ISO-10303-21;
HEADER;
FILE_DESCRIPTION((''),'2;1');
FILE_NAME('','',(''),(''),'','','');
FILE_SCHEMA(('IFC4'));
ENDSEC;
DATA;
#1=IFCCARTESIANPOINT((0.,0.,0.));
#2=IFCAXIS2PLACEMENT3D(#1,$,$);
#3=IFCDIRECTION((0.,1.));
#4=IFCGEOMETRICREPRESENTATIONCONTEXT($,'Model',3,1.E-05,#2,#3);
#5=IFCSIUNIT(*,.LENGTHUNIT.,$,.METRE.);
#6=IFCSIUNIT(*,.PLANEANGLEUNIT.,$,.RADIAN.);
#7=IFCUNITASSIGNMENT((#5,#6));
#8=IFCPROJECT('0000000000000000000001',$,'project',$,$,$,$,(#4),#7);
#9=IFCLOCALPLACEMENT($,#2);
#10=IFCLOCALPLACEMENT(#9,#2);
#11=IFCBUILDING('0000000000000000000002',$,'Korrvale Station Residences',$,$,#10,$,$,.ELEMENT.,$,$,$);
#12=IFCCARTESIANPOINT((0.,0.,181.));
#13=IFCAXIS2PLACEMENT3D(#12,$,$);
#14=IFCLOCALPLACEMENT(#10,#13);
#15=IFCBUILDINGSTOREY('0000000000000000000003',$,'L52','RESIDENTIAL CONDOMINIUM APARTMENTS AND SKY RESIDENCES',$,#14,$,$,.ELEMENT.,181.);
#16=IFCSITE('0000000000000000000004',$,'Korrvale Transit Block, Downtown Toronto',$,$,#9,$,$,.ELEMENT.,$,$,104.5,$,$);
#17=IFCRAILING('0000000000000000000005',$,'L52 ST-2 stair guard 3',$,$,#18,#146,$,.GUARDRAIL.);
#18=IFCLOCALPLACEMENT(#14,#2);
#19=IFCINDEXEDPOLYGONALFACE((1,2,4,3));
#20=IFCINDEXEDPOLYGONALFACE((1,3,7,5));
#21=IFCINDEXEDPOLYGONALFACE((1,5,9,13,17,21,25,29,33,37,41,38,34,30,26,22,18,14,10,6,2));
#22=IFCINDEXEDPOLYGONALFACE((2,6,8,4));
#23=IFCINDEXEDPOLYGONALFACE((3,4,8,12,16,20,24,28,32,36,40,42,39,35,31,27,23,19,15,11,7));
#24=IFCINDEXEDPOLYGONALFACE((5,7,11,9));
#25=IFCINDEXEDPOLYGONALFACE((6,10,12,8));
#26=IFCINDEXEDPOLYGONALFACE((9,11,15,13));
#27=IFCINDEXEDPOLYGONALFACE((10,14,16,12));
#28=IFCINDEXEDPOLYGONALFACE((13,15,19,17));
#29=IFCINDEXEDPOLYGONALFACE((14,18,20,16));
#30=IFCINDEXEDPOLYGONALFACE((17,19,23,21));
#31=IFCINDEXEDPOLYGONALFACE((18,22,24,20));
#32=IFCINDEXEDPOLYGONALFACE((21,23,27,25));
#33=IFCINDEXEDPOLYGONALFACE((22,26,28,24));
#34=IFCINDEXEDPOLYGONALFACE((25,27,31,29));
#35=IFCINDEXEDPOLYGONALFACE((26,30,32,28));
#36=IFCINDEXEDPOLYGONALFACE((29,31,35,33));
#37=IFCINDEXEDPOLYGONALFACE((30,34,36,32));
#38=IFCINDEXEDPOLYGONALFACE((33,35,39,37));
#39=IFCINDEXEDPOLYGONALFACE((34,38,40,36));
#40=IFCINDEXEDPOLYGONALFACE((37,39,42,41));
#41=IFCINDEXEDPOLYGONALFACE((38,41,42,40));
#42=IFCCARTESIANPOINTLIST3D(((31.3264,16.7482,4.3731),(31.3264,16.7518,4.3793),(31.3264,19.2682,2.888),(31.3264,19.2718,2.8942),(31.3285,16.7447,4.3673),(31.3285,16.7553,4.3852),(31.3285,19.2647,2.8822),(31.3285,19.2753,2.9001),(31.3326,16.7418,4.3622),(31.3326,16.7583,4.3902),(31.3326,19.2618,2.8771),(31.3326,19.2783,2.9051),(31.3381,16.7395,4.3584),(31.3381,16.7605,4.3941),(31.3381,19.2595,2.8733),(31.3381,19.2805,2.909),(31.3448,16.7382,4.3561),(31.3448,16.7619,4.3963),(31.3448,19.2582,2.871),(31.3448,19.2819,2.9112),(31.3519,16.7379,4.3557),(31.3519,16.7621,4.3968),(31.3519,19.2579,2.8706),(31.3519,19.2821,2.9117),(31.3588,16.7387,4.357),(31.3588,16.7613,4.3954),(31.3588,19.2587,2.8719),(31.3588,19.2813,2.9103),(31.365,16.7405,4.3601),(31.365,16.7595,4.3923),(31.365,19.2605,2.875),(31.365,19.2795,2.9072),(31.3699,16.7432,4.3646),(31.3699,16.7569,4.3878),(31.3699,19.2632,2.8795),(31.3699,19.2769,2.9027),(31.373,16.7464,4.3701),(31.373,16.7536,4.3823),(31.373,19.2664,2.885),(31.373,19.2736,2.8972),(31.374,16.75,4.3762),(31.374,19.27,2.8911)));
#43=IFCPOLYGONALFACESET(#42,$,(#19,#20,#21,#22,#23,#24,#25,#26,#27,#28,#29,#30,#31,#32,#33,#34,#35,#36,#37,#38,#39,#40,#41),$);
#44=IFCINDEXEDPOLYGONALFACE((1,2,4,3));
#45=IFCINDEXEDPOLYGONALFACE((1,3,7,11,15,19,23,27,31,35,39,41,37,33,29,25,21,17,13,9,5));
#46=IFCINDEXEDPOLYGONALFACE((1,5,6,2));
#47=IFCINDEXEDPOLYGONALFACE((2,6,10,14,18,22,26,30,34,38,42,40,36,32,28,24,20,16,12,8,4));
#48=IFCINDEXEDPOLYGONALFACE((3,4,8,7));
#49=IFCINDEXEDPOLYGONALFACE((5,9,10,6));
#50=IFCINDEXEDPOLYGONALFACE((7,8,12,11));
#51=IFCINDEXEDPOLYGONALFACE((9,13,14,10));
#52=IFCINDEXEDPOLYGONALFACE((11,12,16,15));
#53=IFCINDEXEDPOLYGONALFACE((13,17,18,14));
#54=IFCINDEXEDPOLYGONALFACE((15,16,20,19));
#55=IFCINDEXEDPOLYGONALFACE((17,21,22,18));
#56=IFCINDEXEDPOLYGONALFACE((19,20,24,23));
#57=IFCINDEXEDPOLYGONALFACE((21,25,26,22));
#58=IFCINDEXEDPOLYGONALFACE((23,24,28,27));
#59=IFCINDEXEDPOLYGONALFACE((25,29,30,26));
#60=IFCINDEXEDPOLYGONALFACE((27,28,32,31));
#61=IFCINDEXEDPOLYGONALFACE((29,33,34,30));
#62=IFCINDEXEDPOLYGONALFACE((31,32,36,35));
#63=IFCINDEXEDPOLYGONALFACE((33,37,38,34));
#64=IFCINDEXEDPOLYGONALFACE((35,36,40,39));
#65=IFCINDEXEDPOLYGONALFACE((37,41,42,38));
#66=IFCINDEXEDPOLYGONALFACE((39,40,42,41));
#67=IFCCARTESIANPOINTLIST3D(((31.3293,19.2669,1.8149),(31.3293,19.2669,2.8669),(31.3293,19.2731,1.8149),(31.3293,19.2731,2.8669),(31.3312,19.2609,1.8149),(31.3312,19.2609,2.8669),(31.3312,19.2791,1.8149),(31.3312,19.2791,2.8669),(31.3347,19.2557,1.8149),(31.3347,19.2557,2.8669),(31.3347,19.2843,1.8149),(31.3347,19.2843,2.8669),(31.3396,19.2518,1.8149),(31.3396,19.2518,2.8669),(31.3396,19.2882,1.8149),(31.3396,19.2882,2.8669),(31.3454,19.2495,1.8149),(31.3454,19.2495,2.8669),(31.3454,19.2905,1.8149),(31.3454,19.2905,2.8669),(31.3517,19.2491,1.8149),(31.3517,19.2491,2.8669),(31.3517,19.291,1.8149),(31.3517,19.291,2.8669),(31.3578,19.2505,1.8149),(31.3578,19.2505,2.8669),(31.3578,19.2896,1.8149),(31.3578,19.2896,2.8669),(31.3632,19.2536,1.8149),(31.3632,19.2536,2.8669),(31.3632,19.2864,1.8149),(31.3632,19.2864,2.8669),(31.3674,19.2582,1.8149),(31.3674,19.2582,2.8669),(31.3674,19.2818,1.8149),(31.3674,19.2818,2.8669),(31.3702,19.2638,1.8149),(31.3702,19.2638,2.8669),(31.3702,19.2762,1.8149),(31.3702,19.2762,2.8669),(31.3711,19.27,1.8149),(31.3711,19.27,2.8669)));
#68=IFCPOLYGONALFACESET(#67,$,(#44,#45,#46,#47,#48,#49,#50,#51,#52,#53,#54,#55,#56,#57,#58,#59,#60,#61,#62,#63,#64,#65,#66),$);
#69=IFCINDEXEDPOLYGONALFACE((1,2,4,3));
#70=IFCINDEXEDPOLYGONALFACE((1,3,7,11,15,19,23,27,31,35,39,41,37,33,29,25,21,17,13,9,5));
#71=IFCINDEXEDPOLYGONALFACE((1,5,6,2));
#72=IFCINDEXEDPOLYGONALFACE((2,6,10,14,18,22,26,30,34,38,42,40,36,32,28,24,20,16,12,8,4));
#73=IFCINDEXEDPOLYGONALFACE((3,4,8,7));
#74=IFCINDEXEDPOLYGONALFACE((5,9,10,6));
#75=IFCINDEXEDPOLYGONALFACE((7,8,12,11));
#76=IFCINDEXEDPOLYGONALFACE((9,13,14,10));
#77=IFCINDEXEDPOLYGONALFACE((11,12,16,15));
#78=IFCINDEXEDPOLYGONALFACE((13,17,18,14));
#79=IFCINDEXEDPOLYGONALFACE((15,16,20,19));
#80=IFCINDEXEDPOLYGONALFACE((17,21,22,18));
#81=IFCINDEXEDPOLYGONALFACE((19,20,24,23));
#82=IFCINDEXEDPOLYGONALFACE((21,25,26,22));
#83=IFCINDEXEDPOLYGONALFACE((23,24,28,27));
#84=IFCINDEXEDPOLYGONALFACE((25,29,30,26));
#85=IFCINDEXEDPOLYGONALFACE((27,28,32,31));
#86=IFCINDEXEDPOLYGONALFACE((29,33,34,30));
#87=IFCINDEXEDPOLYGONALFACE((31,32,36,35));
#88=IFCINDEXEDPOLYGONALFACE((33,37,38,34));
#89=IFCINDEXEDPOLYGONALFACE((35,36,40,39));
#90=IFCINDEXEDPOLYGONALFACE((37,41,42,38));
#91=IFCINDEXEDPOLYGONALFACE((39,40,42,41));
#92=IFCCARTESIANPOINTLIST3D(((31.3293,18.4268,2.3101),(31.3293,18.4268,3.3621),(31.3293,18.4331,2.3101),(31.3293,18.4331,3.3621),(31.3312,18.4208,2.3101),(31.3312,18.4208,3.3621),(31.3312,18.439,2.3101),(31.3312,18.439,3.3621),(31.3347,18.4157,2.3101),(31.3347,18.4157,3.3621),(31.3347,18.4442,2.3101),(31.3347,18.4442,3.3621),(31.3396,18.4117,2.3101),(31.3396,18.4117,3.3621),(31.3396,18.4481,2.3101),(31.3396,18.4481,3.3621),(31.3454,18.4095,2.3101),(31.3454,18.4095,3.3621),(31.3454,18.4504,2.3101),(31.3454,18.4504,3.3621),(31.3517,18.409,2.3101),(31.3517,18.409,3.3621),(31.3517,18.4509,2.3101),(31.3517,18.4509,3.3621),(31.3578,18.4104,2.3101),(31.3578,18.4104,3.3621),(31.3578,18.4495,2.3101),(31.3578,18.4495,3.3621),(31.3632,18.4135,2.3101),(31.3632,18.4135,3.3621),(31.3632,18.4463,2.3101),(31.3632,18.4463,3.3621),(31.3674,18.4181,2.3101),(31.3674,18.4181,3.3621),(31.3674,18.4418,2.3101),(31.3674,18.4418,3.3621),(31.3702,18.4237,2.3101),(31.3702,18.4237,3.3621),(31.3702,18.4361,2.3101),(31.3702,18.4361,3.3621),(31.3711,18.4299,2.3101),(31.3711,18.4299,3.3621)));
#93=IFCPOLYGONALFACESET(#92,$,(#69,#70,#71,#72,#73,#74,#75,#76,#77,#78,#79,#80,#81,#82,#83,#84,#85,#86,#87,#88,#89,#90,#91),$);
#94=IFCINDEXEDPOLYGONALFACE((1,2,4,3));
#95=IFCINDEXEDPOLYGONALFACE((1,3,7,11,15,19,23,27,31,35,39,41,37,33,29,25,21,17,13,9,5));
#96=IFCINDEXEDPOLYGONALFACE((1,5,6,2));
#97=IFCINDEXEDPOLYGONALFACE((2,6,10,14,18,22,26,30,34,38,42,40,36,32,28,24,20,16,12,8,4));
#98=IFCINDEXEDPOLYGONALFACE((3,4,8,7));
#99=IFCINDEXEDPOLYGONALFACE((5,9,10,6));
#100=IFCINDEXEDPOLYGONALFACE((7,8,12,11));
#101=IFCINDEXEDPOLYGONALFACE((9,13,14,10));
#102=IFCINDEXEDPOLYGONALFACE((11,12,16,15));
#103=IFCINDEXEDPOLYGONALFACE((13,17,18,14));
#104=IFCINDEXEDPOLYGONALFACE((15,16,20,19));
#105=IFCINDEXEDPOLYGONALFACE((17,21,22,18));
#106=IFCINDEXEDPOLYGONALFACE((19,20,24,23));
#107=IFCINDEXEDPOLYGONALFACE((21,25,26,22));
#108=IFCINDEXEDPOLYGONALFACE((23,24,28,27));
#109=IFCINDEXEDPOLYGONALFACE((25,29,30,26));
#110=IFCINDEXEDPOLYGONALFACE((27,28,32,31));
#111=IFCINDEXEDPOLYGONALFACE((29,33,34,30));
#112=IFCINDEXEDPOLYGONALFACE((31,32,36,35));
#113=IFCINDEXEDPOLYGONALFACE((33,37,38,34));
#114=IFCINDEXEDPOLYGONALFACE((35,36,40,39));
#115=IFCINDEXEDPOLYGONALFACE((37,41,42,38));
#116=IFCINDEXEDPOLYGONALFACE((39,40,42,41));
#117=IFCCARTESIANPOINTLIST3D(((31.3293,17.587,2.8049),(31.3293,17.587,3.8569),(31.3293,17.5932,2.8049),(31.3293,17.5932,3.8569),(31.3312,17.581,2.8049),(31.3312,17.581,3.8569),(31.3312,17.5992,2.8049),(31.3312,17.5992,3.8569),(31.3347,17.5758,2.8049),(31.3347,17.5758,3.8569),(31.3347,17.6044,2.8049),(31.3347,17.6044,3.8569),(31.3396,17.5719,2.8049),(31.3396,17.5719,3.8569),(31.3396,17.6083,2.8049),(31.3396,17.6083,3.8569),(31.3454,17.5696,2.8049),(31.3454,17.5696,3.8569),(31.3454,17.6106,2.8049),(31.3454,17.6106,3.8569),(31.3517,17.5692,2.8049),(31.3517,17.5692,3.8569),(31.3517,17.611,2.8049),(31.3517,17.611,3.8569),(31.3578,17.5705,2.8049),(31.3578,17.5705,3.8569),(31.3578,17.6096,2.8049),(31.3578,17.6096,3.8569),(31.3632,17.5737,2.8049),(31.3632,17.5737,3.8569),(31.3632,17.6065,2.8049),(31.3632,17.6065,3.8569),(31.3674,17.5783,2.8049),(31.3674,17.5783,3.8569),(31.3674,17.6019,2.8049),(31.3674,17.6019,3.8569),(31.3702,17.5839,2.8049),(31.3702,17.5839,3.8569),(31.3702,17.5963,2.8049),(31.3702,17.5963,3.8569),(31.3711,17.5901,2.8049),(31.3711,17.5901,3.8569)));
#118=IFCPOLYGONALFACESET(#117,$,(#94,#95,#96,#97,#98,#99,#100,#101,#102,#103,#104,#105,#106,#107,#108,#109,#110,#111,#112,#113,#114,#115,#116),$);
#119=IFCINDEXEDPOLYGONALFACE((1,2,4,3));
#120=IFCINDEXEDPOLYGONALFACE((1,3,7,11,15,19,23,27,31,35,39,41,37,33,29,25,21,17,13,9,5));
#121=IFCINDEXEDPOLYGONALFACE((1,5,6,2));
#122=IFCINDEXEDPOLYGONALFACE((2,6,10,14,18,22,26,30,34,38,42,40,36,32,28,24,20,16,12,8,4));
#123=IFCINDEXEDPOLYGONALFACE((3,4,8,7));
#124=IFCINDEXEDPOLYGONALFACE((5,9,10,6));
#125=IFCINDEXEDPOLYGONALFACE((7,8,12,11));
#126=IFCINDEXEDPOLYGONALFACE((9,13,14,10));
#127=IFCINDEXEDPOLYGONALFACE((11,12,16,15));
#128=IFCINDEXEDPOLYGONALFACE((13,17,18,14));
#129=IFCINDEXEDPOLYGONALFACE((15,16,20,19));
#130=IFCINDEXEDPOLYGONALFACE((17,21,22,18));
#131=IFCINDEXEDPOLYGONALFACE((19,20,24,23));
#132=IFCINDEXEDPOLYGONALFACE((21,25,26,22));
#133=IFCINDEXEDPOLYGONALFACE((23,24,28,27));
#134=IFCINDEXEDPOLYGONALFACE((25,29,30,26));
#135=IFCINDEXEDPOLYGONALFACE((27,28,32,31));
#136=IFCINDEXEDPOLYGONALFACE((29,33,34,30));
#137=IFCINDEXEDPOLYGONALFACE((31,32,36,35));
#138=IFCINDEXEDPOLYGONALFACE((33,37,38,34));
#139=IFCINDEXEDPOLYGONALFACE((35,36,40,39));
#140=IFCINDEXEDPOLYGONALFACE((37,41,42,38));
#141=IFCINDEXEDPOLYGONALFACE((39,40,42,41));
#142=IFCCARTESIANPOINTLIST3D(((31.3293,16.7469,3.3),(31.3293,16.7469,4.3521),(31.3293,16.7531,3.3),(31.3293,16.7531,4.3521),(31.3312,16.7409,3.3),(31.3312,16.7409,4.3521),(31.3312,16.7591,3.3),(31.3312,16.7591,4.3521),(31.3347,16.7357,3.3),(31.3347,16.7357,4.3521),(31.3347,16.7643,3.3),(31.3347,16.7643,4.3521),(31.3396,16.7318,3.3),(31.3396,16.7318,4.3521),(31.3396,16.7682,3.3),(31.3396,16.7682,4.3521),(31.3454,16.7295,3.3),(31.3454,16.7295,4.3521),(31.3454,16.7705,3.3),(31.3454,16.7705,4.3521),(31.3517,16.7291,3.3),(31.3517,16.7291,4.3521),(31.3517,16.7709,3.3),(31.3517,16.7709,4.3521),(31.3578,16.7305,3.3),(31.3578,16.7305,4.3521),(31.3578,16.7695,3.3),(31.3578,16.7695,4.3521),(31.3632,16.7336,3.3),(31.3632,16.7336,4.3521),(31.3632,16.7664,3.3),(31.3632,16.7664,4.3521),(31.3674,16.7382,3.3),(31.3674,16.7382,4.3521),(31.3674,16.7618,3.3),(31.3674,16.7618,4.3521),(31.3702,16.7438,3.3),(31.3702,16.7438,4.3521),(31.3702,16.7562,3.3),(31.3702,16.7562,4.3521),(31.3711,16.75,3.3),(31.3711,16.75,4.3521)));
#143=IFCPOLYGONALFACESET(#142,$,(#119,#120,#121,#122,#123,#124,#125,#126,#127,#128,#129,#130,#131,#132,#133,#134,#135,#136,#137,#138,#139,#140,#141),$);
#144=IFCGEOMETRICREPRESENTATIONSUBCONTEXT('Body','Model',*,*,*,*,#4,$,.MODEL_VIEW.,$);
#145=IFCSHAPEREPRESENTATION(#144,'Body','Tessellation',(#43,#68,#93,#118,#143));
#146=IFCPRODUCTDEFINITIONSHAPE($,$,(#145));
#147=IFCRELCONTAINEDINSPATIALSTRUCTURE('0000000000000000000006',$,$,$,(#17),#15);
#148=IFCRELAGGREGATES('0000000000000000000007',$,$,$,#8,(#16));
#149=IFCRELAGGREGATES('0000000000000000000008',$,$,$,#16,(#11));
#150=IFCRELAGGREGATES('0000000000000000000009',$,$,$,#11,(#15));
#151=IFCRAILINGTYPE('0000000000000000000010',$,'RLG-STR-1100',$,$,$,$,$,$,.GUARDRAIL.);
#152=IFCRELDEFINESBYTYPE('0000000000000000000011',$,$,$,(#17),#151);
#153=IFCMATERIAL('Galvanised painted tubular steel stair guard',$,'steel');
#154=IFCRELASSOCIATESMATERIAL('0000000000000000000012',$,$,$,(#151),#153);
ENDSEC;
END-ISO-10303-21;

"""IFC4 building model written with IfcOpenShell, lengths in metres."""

from ifc_helpers import new_model, si_unit, direction, frame, origin, origin_2d, place, context, subcontext, project, spatial, circle, extrude, material, type_object, element, save


model = new_model("IFC4")

# Units and contexts
model_context = context("Model", 3, precision=1e-05, world=origin(), true_north=direction((0.0, 1.0)))
body_context = subcontext(model_context, "Body", "Model", "MODEL_VIEW")
ifc_project = project(units=[si_unit("LENGTHUNIT", "METRE"), si_unit("PLANEANGLEUNIT", "RADIAN")], contexts=[model_context])

# Site, building, storey
site_placement = place(None, origin())
site = spatial("IfcSite", under=ifc_project, at=site_placement, Name="Korrvale Transit Block, Downtown Toronto", CompositionType="ELEMENT", RefElevation=104.5)
building_placement = place(site_placement, origin())
building = spatial("IfcBuilding", under=site, at=building_placement, Name="Korrvale Station Residences", CompositionType="ELEMENT")
storey_placement = place(building_placement, frame((0.0, 0.0, 181.0)))
storey = spatial("IfcBuildingStorey", under=building, at=storey_placement, Name="L52", Description="RESIDENTIAL CONDOMINIUM APARTMENTS AND SKY RESIDENCES", CompositionType="ELEMENT", Elevation=181.0)

# Railing
ifc_material_1 = material(Name="Galvanised painted tubular steel stair guard", Category="steel")
railing_type_1 = type_object("IfcRailingType", Name="RLG-STR-1100", PredefinedType="GUARDRAIL", material=ifc_material_1)
railing_1_placement = place(storey_placement, frame((31.3501, 19.27, 1.8149)))
element("IfcRailing", 1, at=railing_1_placement, inside=storey, type_object=railing_type_1, Name="L52 ST-2 stair guard 3", PredefinedType="GUARDRAIL", context=body_context, shape_type="SweptSolid", body=[
    extrude(circle(Radius=0.0239, at=origin_2d()), frame((0.0, 0.0, 1.0762), z_axis=(0.0, -0.861524, 0.507717), x_axis=(1.0, 0.0, 0.0)), (0.0, 0.0, 1.0), 2.925),
    extrude(circle(Radius=0.021, at=origin_2d()), origin(), (0.0, 0.0, 1.0), 1.052),
    extrude(circle(Radius=0.021, at=origin_2d()), frame((0.0, -0.8401, 0.4951)), (0.0, 0.0, 1.0), 1.052),
    extrude(circle(Radius=0.021, at=origin_2d()), frame((0.0, -1.6799, 0.99)), (0.0, 0.0, 1.0), 1.052),
    extrude(circle(Radius=0.021, at=origin_2d()), frame((0.0, -2.52, 1.4851)), (0.0, 0.0, 1.0), 1.052),
])

save(model, "model.ifc")
